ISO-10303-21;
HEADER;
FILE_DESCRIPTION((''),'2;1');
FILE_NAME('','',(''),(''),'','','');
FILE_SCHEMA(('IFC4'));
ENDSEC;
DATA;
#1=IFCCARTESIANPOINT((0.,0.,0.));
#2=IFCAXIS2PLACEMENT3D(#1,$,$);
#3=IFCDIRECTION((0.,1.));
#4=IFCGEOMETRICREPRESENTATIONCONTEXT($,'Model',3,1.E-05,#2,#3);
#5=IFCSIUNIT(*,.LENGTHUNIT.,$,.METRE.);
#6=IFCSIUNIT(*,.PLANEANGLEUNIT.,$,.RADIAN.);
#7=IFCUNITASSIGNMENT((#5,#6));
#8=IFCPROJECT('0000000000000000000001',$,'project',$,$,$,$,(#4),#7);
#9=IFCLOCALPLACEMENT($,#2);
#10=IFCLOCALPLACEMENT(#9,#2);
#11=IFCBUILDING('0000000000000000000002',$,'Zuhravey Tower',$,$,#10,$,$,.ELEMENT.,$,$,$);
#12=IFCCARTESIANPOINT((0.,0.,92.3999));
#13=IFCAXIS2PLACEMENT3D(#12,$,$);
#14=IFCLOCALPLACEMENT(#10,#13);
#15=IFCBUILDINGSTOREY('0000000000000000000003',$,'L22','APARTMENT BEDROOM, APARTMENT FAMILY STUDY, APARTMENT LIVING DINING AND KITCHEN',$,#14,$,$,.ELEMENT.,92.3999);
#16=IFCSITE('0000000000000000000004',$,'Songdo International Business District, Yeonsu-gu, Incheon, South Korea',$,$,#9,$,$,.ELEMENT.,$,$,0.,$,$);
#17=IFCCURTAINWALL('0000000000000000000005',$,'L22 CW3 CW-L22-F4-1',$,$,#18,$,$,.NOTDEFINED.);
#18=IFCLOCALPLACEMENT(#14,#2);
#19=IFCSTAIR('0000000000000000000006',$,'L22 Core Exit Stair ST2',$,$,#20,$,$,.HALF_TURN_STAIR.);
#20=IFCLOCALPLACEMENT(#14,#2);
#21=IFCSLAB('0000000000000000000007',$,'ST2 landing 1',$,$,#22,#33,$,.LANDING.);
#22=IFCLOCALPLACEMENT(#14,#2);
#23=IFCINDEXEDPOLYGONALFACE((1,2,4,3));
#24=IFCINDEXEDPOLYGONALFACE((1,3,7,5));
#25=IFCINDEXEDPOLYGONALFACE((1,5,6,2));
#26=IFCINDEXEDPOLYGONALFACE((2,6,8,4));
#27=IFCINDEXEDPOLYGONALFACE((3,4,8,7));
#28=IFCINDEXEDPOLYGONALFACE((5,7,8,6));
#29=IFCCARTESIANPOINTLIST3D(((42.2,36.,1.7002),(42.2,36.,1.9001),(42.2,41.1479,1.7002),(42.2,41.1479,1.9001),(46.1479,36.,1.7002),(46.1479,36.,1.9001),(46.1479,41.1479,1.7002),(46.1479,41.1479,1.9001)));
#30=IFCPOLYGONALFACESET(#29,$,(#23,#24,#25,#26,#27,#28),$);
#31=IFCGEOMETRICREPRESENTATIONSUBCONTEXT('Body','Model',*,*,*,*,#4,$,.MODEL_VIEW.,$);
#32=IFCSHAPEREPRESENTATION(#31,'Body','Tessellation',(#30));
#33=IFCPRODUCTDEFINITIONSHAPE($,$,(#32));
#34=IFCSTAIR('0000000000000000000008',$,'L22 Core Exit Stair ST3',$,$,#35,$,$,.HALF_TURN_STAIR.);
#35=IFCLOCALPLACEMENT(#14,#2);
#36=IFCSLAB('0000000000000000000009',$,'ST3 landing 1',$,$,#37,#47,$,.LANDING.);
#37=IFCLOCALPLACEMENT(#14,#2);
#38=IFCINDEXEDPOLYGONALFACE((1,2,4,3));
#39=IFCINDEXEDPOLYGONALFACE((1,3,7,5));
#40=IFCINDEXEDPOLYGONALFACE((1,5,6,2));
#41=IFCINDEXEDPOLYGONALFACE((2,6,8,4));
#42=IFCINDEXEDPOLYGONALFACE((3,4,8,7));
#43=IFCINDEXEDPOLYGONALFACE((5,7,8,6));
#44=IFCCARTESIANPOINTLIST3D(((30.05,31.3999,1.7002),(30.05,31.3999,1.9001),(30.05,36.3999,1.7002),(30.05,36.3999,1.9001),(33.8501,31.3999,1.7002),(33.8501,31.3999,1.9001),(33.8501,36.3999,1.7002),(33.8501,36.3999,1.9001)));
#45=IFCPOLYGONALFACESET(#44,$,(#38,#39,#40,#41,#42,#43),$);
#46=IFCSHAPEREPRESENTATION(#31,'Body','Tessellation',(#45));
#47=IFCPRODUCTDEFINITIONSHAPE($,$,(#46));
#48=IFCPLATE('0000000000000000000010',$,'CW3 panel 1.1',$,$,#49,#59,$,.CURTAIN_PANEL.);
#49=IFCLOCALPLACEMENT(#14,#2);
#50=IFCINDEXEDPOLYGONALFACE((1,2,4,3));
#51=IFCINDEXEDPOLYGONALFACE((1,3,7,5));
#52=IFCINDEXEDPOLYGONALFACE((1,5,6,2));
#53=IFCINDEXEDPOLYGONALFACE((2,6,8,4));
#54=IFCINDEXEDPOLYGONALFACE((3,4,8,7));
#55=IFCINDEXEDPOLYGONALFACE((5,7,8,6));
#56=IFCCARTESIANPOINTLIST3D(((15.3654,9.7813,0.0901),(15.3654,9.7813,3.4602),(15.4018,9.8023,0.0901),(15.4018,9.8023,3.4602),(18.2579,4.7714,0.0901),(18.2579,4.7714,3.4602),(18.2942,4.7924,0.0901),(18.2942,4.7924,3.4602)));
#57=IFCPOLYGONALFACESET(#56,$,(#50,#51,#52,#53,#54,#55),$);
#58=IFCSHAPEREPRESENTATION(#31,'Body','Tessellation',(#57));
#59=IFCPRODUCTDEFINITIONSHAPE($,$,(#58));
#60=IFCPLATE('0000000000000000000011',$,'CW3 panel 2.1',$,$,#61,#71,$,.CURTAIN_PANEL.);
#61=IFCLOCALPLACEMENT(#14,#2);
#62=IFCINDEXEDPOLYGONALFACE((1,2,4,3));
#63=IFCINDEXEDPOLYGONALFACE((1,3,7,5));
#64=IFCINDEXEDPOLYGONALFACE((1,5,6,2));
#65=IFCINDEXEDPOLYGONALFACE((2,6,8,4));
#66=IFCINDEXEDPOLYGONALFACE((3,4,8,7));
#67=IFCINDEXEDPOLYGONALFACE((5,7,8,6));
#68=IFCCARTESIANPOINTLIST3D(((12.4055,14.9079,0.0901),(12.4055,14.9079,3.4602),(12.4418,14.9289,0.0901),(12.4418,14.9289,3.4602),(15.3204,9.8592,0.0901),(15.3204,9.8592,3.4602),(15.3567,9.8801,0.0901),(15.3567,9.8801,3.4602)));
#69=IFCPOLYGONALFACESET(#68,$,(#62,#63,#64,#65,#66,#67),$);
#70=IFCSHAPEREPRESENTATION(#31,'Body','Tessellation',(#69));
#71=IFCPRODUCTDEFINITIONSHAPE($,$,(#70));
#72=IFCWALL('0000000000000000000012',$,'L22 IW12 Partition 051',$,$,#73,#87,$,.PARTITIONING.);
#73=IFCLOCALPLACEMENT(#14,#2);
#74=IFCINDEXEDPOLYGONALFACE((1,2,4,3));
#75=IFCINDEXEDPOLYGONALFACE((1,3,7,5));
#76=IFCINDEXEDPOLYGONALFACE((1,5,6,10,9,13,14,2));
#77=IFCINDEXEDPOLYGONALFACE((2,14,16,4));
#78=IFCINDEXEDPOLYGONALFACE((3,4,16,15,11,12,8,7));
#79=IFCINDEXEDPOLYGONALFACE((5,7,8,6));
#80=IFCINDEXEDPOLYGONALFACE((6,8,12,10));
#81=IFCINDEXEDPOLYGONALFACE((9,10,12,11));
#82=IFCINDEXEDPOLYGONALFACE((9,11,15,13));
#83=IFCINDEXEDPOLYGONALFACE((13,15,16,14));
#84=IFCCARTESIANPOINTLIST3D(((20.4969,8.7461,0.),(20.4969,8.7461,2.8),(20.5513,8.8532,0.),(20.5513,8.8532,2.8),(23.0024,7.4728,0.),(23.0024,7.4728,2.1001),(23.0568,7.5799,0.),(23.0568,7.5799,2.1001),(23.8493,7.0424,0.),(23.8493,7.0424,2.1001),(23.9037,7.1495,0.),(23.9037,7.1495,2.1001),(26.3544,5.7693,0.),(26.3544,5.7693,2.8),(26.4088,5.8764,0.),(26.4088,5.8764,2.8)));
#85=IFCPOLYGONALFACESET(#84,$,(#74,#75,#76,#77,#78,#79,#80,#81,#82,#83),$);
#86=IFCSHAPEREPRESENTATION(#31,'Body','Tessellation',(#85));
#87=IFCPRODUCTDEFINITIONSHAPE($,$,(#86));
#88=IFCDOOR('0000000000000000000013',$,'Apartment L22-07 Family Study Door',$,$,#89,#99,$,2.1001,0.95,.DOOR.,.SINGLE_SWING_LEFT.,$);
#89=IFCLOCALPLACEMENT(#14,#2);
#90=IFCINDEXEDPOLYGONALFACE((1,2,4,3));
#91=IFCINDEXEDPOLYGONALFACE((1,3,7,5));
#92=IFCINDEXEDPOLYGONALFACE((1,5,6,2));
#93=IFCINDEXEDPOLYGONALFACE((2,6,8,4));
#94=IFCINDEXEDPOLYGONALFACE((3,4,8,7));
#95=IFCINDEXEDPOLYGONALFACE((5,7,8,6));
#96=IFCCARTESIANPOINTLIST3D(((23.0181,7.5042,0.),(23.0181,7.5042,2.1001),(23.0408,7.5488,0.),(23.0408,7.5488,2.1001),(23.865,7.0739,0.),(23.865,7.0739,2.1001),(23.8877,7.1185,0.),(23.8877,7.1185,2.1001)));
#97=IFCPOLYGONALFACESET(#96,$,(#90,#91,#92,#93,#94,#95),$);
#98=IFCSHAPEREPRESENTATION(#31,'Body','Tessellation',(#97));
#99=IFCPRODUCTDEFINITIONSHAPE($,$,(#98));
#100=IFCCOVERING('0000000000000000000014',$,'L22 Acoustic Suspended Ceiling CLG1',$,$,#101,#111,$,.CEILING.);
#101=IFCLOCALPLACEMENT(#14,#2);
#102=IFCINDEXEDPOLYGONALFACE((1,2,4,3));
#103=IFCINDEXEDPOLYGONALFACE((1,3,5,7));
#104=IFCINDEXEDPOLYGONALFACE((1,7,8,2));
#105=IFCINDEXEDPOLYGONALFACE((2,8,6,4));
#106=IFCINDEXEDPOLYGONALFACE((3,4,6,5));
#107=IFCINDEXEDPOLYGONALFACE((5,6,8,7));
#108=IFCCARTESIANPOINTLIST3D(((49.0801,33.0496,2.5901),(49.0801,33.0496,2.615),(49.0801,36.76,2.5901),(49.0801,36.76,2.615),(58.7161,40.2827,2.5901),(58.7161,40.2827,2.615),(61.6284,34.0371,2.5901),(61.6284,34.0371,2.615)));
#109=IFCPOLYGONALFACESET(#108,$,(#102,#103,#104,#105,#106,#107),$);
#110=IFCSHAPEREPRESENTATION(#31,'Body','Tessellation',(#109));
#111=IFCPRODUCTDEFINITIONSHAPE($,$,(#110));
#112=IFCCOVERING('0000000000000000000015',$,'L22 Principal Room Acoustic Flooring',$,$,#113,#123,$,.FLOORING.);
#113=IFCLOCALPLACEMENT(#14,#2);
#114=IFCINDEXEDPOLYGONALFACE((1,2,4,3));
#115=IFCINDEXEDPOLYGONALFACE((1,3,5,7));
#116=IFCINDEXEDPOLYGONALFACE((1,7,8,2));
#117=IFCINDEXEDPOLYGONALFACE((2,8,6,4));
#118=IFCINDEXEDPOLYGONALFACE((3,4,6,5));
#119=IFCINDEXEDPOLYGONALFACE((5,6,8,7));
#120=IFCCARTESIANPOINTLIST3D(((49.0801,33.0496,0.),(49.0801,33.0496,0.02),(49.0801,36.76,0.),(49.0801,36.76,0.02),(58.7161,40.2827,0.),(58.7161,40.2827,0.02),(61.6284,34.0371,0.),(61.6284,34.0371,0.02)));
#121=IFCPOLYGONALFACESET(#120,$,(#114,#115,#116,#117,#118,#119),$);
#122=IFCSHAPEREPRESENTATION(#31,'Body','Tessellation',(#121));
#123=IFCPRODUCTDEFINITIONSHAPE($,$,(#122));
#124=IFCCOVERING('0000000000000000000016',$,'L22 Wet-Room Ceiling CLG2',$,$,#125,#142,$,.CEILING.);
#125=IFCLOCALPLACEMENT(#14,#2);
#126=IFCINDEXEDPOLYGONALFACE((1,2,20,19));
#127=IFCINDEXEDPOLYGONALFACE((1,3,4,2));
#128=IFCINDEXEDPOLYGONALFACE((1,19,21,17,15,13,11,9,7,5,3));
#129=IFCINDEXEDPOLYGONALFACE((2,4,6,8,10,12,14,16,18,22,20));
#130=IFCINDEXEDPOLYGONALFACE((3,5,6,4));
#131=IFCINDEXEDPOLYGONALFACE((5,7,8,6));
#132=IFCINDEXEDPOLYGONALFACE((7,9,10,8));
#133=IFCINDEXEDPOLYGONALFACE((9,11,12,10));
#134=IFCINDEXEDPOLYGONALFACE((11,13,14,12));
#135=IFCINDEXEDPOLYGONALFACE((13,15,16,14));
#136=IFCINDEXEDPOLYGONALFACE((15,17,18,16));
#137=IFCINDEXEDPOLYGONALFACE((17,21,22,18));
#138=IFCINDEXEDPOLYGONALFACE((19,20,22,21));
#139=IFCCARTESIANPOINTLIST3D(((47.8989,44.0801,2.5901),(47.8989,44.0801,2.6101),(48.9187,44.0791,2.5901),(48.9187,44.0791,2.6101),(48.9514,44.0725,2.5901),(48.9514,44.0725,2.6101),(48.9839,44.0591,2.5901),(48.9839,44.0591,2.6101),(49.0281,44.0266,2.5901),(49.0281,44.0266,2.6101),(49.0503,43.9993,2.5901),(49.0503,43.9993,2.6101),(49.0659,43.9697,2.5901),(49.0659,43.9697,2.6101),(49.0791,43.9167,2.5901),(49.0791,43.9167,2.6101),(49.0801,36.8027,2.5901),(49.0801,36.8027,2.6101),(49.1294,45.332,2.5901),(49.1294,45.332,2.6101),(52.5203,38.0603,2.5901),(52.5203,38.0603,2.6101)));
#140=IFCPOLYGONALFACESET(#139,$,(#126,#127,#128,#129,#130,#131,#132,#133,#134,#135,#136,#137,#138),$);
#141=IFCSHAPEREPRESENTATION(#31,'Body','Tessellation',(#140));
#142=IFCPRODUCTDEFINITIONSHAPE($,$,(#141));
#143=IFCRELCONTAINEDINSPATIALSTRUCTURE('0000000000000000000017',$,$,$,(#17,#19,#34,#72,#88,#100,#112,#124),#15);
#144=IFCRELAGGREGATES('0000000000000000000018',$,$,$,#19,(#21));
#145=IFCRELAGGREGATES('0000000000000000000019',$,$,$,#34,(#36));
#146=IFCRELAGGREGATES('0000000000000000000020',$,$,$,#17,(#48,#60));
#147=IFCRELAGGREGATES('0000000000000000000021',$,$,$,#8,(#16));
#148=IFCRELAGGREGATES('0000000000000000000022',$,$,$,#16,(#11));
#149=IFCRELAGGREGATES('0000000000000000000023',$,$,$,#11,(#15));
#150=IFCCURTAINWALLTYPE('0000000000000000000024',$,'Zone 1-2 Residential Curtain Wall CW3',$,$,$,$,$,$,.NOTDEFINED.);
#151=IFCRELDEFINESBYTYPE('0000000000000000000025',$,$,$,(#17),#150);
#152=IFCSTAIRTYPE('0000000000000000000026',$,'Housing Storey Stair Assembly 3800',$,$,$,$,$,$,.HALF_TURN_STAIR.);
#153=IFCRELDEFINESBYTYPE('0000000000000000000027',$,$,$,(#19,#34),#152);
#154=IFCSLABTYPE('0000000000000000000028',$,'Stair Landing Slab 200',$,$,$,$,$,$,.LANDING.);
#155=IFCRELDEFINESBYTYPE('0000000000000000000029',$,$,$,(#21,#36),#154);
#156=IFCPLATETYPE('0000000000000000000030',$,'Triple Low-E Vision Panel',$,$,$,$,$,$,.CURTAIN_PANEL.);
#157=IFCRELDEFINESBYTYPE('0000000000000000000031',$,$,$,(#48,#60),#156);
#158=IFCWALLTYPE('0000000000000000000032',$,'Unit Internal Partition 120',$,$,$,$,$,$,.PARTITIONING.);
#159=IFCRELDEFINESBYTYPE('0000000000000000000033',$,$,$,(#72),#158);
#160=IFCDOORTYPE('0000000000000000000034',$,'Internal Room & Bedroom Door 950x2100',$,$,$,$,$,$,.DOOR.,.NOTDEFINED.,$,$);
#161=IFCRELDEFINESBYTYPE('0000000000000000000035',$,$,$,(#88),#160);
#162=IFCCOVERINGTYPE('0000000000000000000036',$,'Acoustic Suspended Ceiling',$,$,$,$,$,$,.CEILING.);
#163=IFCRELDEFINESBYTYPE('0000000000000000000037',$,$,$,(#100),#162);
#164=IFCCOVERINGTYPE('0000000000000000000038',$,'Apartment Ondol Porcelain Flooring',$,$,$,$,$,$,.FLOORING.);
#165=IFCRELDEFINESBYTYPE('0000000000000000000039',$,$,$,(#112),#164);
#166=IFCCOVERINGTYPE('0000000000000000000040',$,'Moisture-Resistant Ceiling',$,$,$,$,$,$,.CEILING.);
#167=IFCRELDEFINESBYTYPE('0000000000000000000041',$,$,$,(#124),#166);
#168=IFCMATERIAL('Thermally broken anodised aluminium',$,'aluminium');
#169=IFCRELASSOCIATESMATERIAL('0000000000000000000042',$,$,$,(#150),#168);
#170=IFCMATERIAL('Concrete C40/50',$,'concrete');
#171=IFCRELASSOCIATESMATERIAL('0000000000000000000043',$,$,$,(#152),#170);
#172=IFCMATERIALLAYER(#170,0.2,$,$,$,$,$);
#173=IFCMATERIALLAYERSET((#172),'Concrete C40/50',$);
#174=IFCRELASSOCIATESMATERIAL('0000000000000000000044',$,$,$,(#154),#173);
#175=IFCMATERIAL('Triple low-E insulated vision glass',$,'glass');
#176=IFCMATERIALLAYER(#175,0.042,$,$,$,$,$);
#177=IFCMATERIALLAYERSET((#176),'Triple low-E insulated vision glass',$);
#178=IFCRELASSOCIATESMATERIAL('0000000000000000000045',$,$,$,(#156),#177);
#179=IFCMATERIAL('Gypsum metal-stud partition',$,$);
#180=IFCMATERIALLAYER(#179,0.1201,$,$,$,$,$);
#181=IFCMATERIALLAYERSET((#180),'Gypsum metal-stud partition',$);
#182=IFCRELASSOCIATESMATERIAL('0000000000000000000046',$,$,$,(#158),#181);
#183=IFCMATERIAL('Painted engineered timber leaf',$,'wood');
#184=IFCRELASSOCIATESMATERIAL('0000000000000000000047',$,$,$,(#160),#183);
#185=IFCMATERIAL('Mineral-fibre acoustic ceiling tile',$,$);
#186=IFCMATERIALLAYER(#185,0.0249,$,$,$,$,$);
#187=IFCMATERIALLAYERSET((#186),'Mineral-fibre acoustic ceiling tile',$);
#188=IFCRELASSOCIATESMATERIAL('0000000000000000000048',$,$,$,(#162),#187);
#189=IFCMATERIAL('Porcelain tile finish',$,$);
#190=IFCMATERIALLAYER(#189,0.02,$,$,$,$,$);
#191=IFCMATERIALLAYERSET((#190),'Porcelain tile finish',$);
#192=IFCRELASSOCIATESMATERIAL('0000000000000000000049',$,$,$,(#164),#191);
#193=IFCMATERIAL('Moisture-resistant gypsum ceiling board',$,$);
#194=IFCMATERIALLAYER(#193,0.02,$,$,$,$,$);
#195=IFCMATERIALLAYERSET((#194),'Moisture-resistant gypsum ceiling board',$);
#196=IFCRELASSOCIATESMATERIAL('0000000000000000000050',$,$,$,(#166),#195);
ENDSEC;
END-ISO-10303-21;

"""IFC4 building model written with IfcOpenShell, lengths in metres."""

from ifc_helpers import new_model, si_unit, direction, frame, frame_2d, origin, origin_2d, place, context, subcontext, project, spatial, polyline, rectangle, outline, extrude, material, layer, layer_set, type_object, element, fill, aggregate, save


model = new_model("IFC4")

# Units and contexts
model_context = context("Model", 3, precision=1e-05, world=origin(), true_north=direction((0.0, 1.0)))
body_context = subcontext(model_context, "Body", "Model", "MODEL_VIEW")
ifc_project = project(units=[si_unit("LENGTHUNIT", "METRE"), si_unit("PLANEANGLEUNIT", "RADIAN")], contexts=[model_context])

# Site, building, storey
site_placement = place(None, origin())
site = spatial("IfcSite", under=ifc_project, at=site_placement, Name="Songdo International Business District, Yeonsu-gu, Incheon, South Korea", CompositionType="ELEMENT", RefElevation=0.0)
building_placement = place(site_placement, origin())
building = spatial("IfcBuilding", under=site, at=building_placement, Name="Zuhravey Tower", CompositionType="ELEMENT")
storey_placement = place(building_placement, frame((0.0, 0.0, 92.3999)))
storey = spatial("IfcBuildingStorey", under=building, at=storey_placement, Name="L22", Description="APARTMENT BEDROOM, APARTMENT FAMILY STUDY, APARTMENT LIVING DINING AND KITCHEN", CompositionType="ELEMENT", Elevation=92.3999)

# Curtain wall
ifc_material_1 = material(Name="Thermally broken anodised aluminium", Category="aluminium")
curtain_wall_type = type_object("IfcCurtainWallType", Name="Zone 1-2 Residential Curtain Wall CW3", PredefinedType="NOTDEFINED", material=ifc_material_1)
curtain_wall_placement = place(storey_placement, origin())
curtain_wall = element("IfcCurtainWall", 1, at=curtain_wall_placement, inside=storey, type_object=curtain_wall_type, Name="L22 CW3 CW-L22-F4-1", PredefinedType="NOTDEFINED")

# Shared definitions
ifc_material_2 = material(Name="Concrete C40/50", Category="concrete")

# Stairs, slabs
stair_type = type_object("IfcStairType", Name="Housing Storey Stair Assembly 3800", PredefinedType="HALF_TURN_STAIR", material=ifc_material_2)
ifc_layer_1 = layer(ifc_material_2, 0.2)
ifc_layer_set_1 = layer_set([ifc_layer_1], Name="Concrete C40/50")
slab_type_1 = type_object("IfcSlabType", Name="Stair Landing Slab 200", PredefinedType="LANDING", material=ifc_layer_set_1)
stair_1_placement = place(storey_placement, origin())
stair_1 = element("IfcStair", 2, at=stair_1_placement, inside=storey, type_object=stair_type, Name="L22 Core Exit Stair ST2", PredefinedType="HALF_TURN_STAIR")
slab_1_placement = place(storey_placement, frame((0.0, 0.0, 1.7002)))
slab_1 = element("IfcSlab", 3, at=slab_1_placement, type_object=slab_type_1, Name="ST2 landing 1", PredefinedType="LANDING", context=body_context, shape_type="SweptSolid", body=[
    extrude(outline(polyline([(46.1479, 36.0), (46.1479, 41.1479), (42.2, 41.1479), (42.2, 36.0), (46.1479, 36.0)])), origin(), (0.0, 0.0, 1.0), 0.2),
])
aggregate(stair_1, [slab_1])
stair_2_placement = place(storey_placement, origin())
stair_2 = element("IfcStair", 4, at=stair_2_placement, inside=storey, type_object=stair_type, Name="L22 Core Exit Stair ST3", PredefinedType="HALF_TURN_STAIR")
slab_2_placement = place(storey_placement, frame((0.0, 0.0, 1.7002)))
slab_2 = element("IfcSlab", 5, at=slab_2_placement, type_object=slab_type_1, Name="ST3 landing 1", PredefinedType="LANDING", context=body_context, shape_type="SweptSolid", body=[
    extrude(outline(polyline([(30.05, 36.3999), (30.05, 31.3999), (33.8501, 31.3999), (33.8501, 36.3999), (30.05, 36.3999)])), origin(), (0.0, 0.0, 1.0), 0.2),
])
aggregate(stair_2, [slab_2])

# Plates
ifc_material_3 = material(Name="Triple low-E insulated vision glass", Category="glass")
ifc_layer_2 = layer(ifc_material_3, 0.042)
ifc_layer_set_2 = layer_set([ifc_layer_2], Name="Triple low-E insulated vision glass")
plate_type_1 = type_object("IfcPlateType", Name="Triple Low-E Vision Panel", PredefinedType="CURTAIN_PANEL", material=ifc_layer_set_2)
plate_1_placement = place(storey_placement, frame((16.8298, 7.2869, 0.0901), z_axis=(0.0, 0.0, 1.0), x_axis=(-0.5, 0.866026, 0.0)))
plate_1 = element("IfcPlate", 6, at=plate_1_placement, type_object=plate_type_1, Name="CW3 panel 1.1", PredefinedType="CURTAIN_PANEL", context=body_context, shape_type="SweptSolid", body=[
    extrude(rectangle(XDim=5.7849, YDim=0.042, at=origin_2d()), origin(), (0.0, 0.0, 1.0), 3.3701),
])
plate_2_placement = place(storey_placement, frame((13.8811, 12.394, 0.0901), z_axis=(0.0, 0.0, 1.0), x_axis=(-0.5, 0.866026, 0.0)))
plate_2 = element("IfcPlate", 7, at=plate_2_placement, type_object=plate_type_1, Name="CW3 panel 2.1", PredefinedType="CURTAIN_PANEL", context=body_context, shape_type="SweptSolid", body=[
    extrude(rectangle(XDim=5.8298, YDim=0.042, at=origin_2d()), origin(), (0.0, 0.0, 1.0), 3.3701),
])
aggregate(curtain_wall, [plate_1, plate_2])

# Wall, opening, door
ifc_material_4 = material(Name="Gypsum metal-stud partition")
ifc_layer_3 = layer(ifc_material_4, 0.1201)
ifc_layer_set_3 = layer_set([ifc_layer_3], Name="Gypsum metal-stud partition")
wall_type = type_object("IfcWallType", Name="Unit Internal Partition 120", PredefinedType="PARTITIONING", material=ifc_layer_set_3)
wall_placement = place(storey_placement, frame((20.5242, 8.7996, 0.0), z_axis=(0.0, 0.0, 1.0), x_axis=(0.891488, -0.453045, 0.0)))
wall = element("IfcWall", 8, at=wall_placement, inside=storey, type_object=wall_type, Name="L22 IW12 Partition 051", PredefinedType="PARTITIONING", context=body_context, shape_type="SweptSolid", body=[
    extrude(rectangle(XDim=6.5706, YDim=0.1201, at=frame_2d((3.2852, 0.0))), origin(), (0.0, 0.0, 1.0), 2.8),
])
opening_placement = place(wall_placement, frame((2.8103, 0.0, 0.0)))
opening = element("IfcOpeningElement", 9, at=opening_placement, cuts=wall, PredefinedType="OPENING", context=body_context, shape_type="SweptSolid", body=[
    extrude(rectangle(XDim=0.95, YDim=2.1001, at=frame_2d((0.4751, 1.05))), frame((0.0, 0.072, 0.0), z_axis=(0.0, -1.0, 0.0), x_axis=(1.0, 0.0, 0.0)), (0.0, 0.0, 1.0), 0.144),
])
ifc_material_5 = material(Name="Painted engineered timber leaf", Category="wood")
door_type = type_object("IfcDoorType", Name="Internal Room & Bedroom Door 950x2100", OperationType="NOTDEFINED", PredefinedType="DOOR", material=ifc_material_5)
door_placement = place(opening_placement, frame((0.95, 0.0, 0.0), z_axis=(0.0, 0.0, 1.0), x_axis=(-1.0, 0.0, 0.0)))
door = element("IfcDoor", 10, at=door_placement, inside=storey, type_object=door_type, Name="Apartment L22-07 Family Study Door", OperationType="SINGLE_SWING_LEFT", OverallHeight=2.1001, OverallWidth=0.95, PredefinedType="DOOR", context=body_context, shape_type="SweptSolid", body=[
    extrude(rectangle(XDim=0.95, YDim=2.1001, at=frame_2d((0.4751, 1.05))), frame((0.0, 0.0249, 0.0), z_axis=(0.0, -1.0, 0.0), x_axis=(1.0, 0.0, 0.0)), (0.0, 0.0, 1.0), 0.05),
])
fill(opening, door)

# Coverings
ifc_material_6 = material(Name="Mineral-fibre acoustic ceiling tile")
ifc_layer_4 = layer(ifc_material_6, 0.0249)
ifc_layer_set_4 = layer_set([ifc_layer_4], Name="Mineral-fibre acoustic ceiling tile")
covering_type_1 = type_object("IfcCoveringType", Name="Acoustic Suspended Ceiling", PredefinedType="CEILING", material=ifc_layer_set_4)
covering_1_placement = place(storey_placement, frame((0.0, 0.0, 2.5901)))
element("IfcCovering", 11, at=covering_1_placement, inside=storey, type_object=covering_type_1, Name="L22 Acoustic Suspended Ceiling CLG1", PredefinedType="CEILING", context=body_context, shape_type="SweptSolid", body=[
    extrude(outline(polyline([(58.7161, 40.2827), (61.6284, 34.0371), (49.0801, 33.0496), (49.0801, 36.76), (58.7161, 40.2827)])), origin(), (0.0, 0.0, 1.0), 0.0249),
])
ifc_material_7 = material(Name="Porcelain tile finish")
ifc_layer_5 = layer(ifc_material_7, 0.02)
ifc_layer_set_5 = layer_set([ifc_layer_5], Name="Porcelain tile finish")
covering_type_2 = type_object("IfcCoveringType", Name="Apartment Ondol Porcelain Flooring", PredefinedType="FLOORING", material=ifc_layer_set_5)
covering_2_placement = place(storey_placement, origin())
element("IfcCovering", 12, at=covering_2_placement, inside=storey, type_object=covering_type_2, Name="L22 Principal Room Acoustic Flooring", PredefinedType="FLOORING", context=body_context, shape_type="SweptSolid", body=[
    extrude(outline(polyline([(58.7161, 40.2827), (61.6284, 34.0371), (49.0801, 33.0496), (49.0801, 36.76), (58.7161, 40.2827)])), origin(), (0.0, 0.0, 1.0), 0.02),
])
ifc_material_8 = material(Name="Moisture-resistant gypsum ceiling board")
ifc_layer_6 = layer(ifc_material_8, 0.02)
ifc_layer_set_6 = layer_set([ifc_layer_6], Name="Moisture-resistant gypsum ceiling board")
covering_type_3 = type_object("IfcCoveringType", Name="Moisture-Resistant Ceiling", PredefinedType="CEILING", material=ifc_layer_set_6)
covering_3_placement = place(storey_placement, frame((0.0, 0.0, 2.5901)))
element("IfcCovering", 13, at=covering_3_placement, inside=storey, type_object=covering_type_3, Name="L22 Wet-Room Ceiling CLG2", PredefinedType="CEILING", context=body_context, shape_type="SweptSolid", body=[
    extrude(outline(polyline([(49.0791, 43.9167), (49.0659, 43.9697), (49.0503, 43.9993), (49.0281, 44.0266), (48.9839, 44.0591), (48.9514, 44.0725), (48.9187, 44.0791), (47.8989, 44.0801), (49.1294, 45.332), (52.5203, 38.0603), (49.0801, 36.8027), (49.0791, 43.9167)])), origin(), (0.0, 0.0, 1.0), 0.02),
])

save(model, "model.ifc")
